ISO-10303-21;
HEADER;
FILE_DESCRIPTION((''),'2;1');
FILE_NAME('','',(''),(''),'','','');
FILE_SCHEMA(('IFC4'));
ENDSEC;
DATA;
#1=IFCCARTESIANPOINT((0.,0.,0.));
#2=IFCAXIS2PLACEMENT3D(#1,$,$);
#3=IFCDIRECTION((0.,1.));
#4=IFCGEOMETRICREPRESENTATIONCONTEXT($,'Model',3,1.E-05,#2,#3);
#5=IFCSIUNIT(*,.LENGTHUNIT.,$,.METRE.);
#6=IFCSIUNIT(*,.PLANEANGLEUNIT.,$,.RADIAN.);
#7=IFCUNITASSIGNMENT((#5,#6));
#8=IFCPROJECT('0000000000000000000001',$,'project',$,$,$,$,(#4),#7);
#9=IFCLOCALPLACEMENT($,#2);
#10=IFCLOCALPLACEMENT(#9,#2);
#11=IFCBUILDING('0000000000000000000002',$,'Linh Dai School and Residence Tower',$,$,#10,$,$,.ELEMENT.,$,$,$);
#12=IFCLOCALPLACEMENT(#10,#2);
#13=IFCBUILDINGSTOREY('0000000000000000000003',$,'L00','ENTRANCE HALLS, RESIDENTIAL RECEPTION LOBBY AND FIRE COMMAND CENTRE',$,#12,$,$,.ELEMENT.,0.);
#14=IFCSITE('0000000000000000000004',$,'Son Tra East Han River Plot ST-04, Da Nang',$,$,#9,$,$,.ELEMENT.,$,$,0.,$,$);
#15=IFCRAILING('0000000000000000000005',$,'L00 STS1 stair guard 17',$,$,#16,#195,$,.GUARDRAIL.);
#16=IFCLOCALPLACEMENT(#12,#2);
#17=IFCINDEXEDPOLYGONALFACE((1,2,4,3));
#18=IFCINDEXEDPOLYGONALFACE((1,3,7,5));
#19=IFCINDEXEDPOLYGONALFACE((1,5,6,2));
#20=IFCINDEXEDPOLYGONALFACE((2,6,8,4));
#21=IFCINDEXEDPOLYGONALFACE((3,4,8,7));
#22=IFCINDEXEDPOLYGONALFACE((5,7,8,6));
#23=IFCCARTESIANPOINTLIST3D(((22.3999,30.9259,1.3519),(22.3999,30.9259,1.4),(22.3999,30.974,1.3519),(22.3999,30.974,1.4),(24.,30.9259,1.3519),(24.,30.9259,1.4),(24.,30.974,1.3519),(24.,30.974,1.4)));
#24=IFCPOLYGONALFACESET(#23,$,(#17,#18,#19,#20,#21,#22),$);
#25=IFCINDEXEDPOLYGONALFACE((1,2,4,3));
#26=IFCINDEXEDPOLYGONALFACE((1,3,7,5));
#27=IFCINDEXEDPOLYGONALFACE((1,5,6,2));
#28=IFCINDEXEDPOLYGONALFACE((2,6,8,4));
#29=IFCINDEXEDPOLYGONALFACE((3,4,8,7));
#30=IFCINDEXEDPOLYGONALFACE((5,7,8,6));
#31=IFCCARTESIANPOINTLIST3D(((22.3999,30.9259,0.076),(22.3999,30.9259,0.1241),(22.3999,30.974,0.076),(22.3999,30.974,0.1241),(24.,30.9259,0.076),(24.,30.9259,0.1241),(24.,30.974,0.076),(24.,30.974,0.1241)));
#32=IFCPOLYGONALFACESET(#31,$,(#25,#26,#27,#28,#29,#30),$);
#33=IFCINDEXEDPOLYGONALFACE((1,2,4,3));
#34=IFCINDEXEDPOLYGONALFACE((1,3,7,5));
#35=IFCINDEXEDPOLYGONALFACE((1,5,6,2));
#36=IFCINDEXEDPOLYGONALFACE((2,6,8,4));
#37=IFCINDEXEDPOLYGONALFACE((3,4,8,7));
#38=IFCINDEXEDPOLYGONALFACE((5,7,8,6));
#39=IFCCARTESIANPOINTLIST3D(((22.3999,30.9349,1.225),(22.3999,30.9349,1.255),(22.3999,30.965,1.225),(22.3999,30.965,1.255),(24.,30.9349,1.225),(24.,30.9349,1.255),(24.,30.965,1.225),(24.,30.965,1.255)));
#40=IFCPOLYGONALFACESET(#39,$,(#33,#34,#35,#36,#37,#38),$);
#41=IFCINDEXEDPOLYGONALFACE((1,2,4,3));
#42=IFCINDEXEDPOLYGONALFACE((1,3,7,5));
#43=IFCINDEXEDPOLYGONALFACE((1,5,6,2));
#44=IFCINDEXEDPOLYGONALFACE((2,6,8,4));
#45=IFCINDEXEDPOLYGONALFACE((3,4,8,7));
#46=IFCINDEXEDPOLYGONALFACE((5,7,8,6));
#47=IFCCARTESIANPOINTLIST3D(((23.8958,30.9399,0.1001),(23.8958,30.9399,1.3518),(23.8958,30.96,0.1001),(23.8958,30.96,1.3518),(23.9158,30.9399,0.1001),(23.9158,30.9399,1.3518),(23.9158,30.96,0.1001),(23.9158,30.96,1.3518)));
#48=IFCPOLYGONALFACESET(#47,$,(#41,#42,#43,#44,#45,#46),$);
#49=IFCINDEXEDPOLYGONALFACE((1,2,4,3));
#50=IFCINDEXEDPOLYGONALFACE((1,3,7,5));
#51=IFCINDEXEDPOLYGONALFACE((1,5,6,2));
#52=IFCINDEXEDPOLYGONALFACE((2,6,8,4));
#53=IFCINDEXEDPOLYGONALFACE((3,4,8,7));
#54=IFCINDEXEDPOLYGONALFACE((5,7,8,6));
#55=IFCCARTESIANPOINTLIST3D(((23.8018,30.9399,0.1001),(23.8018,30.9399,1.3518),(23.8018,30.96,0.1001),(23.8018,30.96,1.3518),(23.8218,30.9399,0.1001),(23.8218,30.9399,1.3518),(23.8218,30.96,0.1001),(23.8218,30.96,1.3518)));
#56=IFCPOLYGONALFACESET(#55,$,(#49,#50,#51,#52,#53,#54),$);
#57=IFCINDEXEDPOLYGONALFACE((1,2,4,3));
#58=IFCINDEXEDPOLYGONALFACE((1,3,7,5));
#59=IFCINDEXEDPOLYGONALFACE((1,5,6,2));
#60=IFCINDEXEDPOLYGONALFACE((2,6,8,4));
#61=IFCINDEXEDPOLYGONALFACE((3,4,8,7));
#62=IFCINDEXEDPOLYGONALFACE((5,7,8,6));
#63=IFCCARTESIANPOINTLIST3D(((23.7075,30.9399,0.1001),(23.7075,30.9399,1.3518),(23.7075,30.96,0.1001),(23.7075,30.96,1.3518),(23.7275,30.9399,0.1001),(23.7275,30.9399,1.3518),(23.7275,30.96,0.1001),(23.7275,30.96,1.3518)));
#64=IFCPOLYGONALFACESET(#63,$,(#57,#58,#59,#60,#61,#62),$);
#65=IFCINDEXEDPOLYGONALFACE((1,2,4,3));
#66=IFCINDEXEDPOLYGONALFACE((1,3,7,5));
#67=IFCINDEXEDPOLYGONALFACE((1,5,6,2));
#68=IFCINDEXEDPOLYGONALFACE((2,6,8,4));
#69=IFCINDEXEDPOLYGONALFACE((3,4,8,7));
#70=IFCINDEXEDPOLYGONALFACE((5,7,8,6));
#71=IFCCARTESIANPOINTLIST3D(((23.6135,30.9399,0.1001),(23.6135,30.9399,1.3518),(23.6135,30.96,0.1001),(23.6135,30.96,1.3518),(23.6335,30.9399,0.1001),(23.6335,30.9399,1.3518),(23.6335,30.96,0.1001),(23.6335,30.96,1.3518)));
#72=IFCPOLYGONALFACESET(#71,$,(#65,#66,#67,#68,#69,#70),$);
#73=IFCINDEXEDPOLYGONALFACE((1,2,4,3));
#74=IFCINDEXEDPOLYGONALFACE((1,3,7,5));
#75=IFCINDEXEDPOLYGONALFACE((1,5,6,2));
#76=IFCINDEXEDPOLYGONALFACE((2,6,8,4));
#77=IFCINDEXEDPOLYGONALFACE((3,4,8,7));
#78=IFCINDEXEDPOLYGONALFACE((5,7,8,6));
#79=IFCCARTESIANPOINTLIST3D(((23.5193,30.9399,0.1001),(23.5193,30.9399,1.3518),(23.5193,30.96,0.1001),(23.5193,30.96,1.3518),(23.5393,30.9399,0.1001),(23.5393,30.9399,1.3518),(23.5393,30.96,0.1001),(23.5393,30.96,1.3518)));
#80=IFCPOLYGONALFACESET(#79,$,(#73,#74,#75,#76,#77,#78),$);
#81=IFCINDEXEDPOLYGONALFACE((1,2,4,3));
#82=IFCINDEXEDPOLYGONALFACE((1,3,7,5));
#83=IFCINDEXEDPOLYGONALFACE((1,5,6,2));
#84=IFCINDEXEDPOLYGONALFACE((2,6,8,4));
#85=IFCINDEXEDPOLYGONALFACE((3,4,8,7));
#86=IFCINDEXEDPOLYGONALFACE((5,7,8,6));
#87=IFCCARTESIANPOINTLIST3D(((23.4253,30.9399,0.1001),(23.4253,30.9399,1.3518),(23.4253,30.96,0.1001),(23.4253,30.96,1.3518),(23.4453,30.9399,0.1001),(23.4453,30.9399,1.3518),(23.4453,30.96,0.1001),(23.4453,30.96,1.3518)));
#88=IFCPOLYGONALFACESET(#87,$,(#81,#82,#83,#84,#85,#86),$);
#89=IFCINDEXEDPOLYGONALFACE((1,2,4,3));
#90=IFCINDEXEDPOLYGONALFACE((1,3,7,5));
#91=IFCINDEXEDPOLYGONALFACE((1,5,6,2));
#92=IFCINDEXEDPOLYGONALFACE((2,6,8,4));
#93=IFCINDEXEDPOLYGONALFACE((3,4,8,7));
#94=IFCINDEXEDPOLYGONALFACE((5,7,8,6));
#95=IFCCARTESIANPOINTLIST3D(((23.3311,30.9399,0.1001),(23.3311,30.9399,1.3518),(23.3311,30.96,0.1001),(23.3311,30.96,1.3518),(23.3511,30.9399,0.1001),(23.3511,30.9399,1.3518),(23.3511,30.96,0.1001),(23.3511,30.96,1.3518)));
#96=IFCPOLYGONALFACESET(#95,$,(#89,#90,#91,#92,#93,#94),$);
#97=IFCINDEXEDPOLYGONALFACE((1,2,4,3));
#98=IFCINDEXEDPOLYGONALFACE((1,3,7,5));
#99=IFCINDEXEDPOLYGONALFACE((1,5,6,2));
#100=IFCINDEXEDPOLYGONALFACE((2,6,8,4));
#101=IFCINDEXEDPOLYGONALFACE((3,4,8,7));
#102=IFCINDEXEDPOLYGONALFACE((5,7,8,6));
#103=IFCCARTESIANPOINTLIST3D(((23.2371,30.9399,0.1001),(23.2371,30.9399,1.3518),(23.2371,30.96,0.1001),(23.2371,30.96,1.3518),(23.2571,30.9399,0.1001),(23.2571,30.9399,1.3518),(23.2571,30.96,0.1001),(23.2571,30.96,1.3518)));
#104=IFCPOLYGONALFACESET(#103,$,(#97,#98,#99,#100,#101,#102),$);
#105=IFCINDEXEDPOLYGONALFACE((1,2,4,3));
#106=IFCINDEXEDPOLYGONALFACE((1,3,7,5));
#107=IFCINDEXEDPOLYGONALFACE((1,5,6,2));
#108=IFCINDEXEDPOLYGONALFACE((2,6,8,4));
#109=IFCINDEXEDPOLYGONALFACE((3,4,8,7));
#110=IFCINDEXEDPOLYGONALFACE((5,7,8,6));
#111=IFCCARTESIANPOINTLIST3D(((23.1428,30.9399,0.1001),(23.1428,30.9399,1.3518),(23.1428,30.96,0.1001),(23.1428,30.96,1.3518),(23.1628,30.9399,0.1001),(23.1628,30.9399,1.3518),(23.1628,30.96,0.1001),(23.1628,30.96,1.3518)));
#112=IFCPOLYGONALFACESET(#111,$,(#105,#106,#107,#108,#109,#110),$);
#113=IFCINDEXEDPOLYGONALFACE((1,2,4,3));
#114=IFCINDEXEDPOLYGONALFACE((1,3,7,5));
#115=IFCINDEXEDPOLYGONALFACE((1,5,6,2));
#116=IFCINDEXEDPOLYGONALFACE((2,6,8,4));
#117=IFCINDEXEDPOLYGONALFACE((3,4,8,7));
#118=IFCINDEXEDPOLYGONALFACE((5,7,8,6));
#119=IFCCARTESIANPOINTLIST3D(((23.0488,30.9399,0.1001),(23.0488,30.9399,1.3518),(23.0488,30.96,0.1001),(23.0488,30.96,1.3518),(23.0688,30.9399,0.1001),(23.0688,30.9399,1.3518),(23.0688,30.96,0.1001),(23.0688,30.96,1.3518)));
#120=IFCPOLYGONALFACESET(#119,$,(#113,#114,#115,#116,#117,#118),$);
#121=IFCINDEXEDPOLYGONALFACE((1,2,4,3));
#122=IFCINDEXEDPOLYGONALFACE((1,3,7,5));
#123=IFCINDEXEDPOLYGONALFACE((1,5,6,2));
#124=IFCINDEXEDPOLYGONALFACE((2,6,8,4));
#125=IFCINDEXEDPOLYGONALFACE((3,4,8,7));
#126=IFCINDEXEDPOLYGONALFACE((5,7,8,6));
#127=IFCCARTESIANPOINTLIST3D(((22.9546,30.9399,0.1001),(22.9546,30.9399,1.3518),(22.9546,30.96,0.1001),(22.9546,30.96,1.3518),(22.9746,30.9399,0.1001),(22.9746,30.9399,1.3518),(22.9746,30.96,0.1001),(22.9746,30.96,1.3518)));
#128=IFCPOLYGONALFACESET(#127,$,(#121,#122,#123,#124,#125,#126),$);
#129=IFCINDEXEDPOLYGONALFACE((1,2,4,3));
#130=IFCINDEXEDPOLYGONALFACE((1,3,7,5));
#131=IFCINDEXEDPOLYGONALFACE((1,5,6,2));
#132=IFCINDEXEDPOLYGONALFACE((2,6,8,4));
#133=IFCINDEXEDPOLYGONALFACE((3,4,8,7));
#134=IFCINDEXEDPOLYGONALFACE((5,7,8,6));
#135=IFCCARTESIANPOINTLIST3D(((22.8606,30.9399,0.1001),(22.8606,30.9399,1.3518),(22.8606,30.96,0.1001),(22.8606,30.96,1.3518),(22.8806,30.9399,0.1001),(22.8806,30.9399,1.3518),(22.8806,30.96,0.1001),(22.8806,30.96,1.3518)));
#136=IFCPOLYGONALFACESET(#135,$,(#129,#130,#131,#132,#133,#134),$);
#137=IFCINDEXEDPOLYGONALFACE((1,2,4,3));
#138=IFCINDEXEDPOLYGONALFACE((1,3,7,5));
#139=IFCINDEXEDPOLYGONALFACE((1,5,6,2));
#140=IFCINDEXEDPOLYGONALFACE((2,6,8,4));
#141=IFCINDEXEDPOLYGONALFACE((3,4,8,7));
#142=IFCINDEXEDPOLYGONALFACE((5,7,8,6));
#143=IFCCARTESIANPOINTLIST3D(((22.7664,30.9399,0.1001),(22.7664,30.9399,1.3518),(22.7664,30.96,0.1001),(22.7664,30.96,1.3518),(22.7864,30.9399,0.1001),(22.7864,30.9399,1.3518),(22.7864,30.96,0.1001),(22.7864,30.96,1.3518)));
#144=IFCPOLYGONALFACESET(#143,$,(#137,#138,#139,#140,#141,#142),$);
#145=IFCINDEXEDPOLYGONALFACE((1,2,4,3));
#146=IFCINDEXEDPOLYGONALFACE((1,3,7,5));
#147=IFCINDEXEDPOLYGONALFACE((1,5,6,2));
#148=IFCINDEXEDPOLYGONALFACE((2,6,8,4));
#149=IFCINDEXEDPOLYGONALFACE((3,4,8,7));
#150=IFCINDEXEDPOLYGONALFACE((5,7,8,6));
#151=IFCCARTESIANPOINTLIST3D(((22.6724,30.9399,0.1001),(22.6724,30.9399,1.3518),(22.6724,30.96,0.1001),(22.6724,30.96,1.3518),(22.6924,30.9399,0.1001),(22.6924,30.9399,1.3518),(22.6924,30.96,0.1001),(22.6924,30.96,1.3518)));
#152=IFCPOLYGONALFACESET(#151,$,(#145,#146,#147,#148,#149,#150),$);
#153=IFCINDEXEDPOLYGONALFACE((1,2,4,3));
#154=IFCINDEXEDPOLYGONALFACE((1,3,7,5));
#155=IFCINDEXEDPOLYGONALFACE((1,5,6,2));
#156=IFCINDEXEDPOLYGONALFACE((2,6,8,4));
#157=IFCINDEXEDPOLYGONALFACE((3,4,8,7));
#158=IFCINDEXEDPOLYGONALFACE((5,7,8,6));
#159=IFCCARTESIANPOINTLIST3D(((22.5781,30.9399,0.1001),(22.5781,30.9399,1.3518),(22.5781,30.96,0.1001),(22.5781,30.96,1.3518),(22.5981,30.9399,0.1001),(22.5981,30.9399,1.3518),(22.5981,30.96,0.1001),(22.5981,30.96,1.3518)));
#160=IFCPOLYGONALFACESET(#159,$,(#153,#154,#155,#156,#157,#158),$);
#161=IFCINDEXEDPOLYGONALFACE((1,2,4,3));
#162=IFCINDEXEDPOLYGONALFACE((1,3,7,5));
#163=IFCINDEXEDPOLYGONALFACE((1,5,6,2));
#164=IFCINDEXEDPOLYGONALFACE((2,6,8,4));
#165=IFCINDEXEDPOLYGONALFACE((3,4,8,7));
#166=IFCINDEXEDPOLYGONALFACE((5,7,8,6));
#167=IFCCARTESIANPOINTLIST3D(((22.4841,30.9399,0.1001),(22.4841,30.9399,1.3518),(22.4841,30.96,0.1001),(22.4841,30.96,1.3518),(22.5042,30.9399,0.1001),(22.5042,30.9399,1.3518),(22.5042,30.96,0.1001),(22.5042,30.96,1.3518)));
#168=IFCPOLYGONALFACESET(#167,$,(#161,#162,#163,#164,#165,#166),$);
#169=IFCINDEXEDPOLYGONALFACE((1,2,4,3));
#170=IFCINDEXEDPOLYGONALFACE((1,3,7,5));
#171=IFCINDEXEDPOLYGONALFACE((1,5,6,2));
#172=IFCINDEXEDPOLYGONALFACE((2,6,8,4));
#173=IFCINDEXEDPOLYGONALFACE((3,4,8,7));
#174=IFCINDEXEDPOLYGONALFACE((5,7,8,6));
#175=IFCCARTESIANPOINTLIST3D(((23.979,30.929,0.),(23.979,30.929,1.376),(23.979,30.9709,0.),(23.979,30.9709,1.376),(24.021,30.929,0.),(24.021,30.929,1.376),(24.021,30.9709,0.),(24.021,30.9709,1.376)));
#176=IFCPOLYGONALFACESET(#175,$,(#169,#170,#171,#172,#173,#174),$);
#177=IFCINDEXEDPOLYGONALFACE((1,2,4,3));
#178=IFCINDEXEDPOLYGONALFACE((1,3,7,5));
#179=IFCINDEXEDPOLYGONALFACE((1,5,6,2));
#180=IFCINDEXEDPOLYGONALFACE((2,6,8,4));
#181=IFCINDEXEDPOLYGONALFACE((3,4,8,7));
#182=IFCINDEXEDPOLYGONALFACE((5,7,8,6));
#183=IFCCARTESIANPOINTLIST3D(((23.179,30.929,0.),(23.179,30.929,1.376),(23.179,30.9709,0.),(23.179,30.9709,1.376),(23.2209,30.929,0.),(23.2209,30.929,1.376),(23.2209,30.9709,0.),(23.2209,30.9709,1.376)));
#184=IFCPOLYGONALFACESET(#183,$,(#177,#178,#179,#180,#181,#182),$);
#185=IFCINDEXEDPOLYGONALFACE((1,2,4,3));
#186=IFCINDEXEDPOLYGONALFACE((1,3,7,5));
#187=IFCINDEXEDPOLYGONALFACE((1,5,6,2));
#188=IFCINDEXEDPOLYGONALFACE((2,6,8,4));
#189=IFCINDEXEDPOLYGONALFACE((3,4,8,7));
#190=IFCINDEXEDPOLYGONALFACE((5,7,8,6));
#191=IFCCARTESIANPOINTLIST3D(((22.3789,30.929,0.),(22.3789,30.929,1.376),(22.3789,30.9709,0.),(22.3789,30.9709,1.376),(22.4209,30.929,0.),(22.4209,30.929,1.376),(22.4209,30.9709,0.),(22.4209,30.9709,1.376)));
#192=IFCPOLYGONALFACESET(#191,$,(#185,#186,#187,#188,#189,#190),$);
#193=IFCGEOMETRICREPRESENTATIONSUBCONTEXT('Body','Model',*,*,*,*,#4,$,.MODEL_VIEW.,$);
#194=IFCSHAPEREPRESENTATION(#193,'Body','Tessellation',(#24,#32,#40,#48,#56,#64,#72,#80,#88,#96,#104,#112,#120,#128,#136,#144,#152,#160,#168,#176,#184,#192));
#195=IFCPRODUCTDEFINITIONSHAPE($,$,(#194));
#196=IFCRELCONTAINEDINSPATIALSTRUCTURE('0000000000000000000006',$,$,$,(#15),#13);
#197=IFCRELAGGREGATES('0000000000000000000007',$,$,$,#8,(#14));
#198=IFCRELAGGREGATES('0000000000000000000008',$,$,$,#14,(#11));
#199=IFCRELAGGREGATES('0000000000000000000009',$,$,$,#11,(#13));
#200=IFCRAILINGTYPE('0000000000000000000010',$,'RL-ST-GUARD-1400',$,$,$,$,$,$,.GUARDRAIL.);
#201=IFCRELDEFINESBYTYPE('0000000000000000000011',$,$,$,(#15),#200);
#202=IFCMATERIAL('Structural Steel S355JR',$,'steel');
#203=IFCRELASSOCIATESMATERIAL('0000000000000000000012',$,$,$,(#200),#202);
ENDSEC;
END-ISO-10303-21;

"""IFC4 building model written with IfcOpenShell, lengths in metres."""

from ifc_helpers import new_model, si_unit, direction, frame, origin, origin_2d, place, context, subcontext, project, spatial, rectangle, extrude, source, transform, mapped, material, type_object, element, save


model = new_model("IFC4")

# Units and contexts
model_context = context("Model", 3, precision=1e-05, world=origin(), true_north=direction((0.0, 1.0)))
body_context = subcontext(model_context, "Body", "Model", "MODEL_VIEW")
ifc_project = project(units=[si_unit("LENGTHUNIT", "METRE"), si_unit("PLANEANGLEUNIT", "RADIAN")], contexts=[model_context])

# Site, building, storey
site_placement = place(None, origin())
site = spatial("IfcSite", under=ifc_project, at=site_placement, Name="Son Tra East Han River Plot ST-04, Da Nang", CompositionType="ELEMENT", RefElevation=0.0)
building_placement = place(site_placement, origin())
building = spatial("IfcBuilding", under=site, at=building_placement, Name="Linh Dai School and Residence Tower", CompositionType="ELEMENT")
storey_placement = place(building_placement, origin())
storey = spatial("IfcBuildingStorey", under=building, at=storey_placement, Name="L00", Description="ENTRANCE HALLS, RESIDENTIAL RECEPTION LOBBY AND FIRE COMMAND CENTRE", CompositionType="ELEMENT", Elevation=0.0)

# Shared definitions
ifc_material_1 = material(Name="Structural Steel S355JR", Category="steel")

# Railing
railing_type_1 = type_object("IfcRailingType", Name="RL-ST-GUARD-1400", PredefinedType="GUARDRAIL", material=ifc_material_1)
shared_shape_1 = source(origin(), body_context, "Body", "SweptSolid", [
    extrude(rectangle(XDim=0.0481, YDim=0.0481, at=origin_2d()), frame((0.0, 0.0, 1.376), z_axis=(-1.0, 0.0, 0.0), x_axis=(0.0, -1.0, 0.0)), (0.0, 0.0, 1.0), 1.6001),
    extrude(rectangle(XDim=0.0481, YDim=0.0481, at=origin_2d()), frame((0.0, 0.0, 0.1001), z_axis=(-1.0, 0.0, 0.0), x_axis=(0.0, -1.0, 0.0)), (0.0, 0.0, 1.0), 1.6001),
    extrude(rectangle(XDim=0.03, YDim=0.03, at=origin_2d()), frame((0.0, 0.0, 1.24), z_axis=(-1.0, 0.0, 0.0), x_axis=(0.0, -1.0, 0.0)), (0.0, 0.0, 1.0), 1.6001),
    extrude(rectangle(XDim=0.02, YDim=0.02, at=origin_2d()), frame((-0.0942, 0.0, 0.1001)), (0.0, 0.0, 1.0), 1.2517),
    extrude(rectangle(XDim=0.02, YDim=0.02, at=origin_2d()), frame((-0.1882, 0.0, 0.1001)), (0.0, 0.0, 1.0), 1.2517),
    extrude(rectangle(XDim=0.02, YDim=0.02, at=origin_2d()), frame((-0.2825, 0.0, 0.1001)), (0.0, 0.0, 1.0), 1.2517),
    extrude(rectangle(XDim=0.02, YDim=0.02, at=origin_2d()), frame((-0.3765, 0.0, 0.1001)), (0.0, 0.0, 1.0), 1.2517),
    extrude(rectangle(XDim=0.02, YDim=0.02, at=origin_2d()), frame((-0.4707, 0.0, 0.1001)), (0.0, 0.0, 1.0), 1.2517),
    extrude(rectangle(XDim=0.02, YDim=0.02, at=origin_2d()), frame((-0.5647, 0.0, 0.1001)), (0.0, 0.0, 1.0), 1.2517),
    extrude(rectangle(XDim=0.02, YDim=0.02, at=origin_2d()), frame((-0.6589, 0.0, 0.1001)), (0.0, 0.0, 1.0), 1.2517),
    extrude(rectangle(XDim=0.02, YDim=0.02, at=origin_2d()), frame((-0.7529, 0.0, 0.1001)), (0.0, 0.0, 1.0), 1.2517),
    extrude(rectangle(XDim=0.02, YDim=0.02, at=origin_2d()), frame((-0.8472, 0.0, 0.1001)), (0.0, 0.0, 1.0), 1.2517),
    extrude(rectangle(XDim=0.02, YDim=0.02, at=origin_2d()), frame((-0.9412, 0.0, 0.1001)), (0.0, 0.0, 1.0), 1.2517),
    extrude(rectangle(XDim=0.02, YDim=0.02, at=origin_2d()), frame((-1.0354, 0.0, 0.1001)), (0.0, 0.0, 1.0), 1.2517),
    extrude(rectangle(XDim=0.02, YDim=0.02, at=origin_2d()), frame((-1.1294, 0.0, 0.1001)), (0.0, 0.0, 1.0), 1.2517),
    extrude(rectangle(XDim=0.02, YDim=0.02, at=origin_2d()), frame((-1.2236, 0.0, 0.1001)), (0.0, 0.0, 1.0), 1.2517),
    extrude(rectangle(XDim=0.02, YDim=0.02, at=origin_2d()), frame((-1.3176, 0.0, 0.1001)), (0.0, 0.0, 1.0), 1.2517),
    extrude(rectangle(XDim=0.02, YDim=0.02, at=origin_2d()), frame((-1.4119, 0.0, 0.1001)), (0.0, 0.0, 1.0), 1.2517),
    extrude(rectangle(XDim=0.02, YDim=0.02, at=origin_2d()), frame((-1.5059, 0.0, 0.1001)), (0.0, 0.0, 1.0), 1.2517),
    extrude(rectangle(XDim=0.042, YDim=0.042, at=origin_2d()), origin(), (0.0, 0.0, 1.0), 1.376),
    extrude(rectangle(XDim=0.042, YDim=0.042, at=origin_2d()), frame((-0.8, 0.0, 0.0)), (0.0, 0.0, 1.0), 1.376),
    extrude(rectangle(XDim=0.042, YDim=0.042, at=origin_2d()), frame((-1.6001, 0.0, 0.0)), (0.0, 0.0, 1.0), 1.376),
])
for number, where, name in (
    (1, (24.0, 30.95, 0.0), "L00 STS1 stair guard 17"),
):
    element("IfcRailing", number, at=place(storey_placement, frame(where)), inside=storey, type_object=railing_type_1, Name=name, PredefinedType="GUARDRAIL", context=body_context, shape_type="MappedRepresentation", body=[
        mapped(shared_shape_1, transform((0.0, 0.0, 0.0), x_axis=(1.0, 0.0, 0.0), y_axis=(0.0, 1.0, 0.0), z_axis=(0.0, 0.0, 1.0), scale=1.0)),
    ])

save(model, "model.ifc")
